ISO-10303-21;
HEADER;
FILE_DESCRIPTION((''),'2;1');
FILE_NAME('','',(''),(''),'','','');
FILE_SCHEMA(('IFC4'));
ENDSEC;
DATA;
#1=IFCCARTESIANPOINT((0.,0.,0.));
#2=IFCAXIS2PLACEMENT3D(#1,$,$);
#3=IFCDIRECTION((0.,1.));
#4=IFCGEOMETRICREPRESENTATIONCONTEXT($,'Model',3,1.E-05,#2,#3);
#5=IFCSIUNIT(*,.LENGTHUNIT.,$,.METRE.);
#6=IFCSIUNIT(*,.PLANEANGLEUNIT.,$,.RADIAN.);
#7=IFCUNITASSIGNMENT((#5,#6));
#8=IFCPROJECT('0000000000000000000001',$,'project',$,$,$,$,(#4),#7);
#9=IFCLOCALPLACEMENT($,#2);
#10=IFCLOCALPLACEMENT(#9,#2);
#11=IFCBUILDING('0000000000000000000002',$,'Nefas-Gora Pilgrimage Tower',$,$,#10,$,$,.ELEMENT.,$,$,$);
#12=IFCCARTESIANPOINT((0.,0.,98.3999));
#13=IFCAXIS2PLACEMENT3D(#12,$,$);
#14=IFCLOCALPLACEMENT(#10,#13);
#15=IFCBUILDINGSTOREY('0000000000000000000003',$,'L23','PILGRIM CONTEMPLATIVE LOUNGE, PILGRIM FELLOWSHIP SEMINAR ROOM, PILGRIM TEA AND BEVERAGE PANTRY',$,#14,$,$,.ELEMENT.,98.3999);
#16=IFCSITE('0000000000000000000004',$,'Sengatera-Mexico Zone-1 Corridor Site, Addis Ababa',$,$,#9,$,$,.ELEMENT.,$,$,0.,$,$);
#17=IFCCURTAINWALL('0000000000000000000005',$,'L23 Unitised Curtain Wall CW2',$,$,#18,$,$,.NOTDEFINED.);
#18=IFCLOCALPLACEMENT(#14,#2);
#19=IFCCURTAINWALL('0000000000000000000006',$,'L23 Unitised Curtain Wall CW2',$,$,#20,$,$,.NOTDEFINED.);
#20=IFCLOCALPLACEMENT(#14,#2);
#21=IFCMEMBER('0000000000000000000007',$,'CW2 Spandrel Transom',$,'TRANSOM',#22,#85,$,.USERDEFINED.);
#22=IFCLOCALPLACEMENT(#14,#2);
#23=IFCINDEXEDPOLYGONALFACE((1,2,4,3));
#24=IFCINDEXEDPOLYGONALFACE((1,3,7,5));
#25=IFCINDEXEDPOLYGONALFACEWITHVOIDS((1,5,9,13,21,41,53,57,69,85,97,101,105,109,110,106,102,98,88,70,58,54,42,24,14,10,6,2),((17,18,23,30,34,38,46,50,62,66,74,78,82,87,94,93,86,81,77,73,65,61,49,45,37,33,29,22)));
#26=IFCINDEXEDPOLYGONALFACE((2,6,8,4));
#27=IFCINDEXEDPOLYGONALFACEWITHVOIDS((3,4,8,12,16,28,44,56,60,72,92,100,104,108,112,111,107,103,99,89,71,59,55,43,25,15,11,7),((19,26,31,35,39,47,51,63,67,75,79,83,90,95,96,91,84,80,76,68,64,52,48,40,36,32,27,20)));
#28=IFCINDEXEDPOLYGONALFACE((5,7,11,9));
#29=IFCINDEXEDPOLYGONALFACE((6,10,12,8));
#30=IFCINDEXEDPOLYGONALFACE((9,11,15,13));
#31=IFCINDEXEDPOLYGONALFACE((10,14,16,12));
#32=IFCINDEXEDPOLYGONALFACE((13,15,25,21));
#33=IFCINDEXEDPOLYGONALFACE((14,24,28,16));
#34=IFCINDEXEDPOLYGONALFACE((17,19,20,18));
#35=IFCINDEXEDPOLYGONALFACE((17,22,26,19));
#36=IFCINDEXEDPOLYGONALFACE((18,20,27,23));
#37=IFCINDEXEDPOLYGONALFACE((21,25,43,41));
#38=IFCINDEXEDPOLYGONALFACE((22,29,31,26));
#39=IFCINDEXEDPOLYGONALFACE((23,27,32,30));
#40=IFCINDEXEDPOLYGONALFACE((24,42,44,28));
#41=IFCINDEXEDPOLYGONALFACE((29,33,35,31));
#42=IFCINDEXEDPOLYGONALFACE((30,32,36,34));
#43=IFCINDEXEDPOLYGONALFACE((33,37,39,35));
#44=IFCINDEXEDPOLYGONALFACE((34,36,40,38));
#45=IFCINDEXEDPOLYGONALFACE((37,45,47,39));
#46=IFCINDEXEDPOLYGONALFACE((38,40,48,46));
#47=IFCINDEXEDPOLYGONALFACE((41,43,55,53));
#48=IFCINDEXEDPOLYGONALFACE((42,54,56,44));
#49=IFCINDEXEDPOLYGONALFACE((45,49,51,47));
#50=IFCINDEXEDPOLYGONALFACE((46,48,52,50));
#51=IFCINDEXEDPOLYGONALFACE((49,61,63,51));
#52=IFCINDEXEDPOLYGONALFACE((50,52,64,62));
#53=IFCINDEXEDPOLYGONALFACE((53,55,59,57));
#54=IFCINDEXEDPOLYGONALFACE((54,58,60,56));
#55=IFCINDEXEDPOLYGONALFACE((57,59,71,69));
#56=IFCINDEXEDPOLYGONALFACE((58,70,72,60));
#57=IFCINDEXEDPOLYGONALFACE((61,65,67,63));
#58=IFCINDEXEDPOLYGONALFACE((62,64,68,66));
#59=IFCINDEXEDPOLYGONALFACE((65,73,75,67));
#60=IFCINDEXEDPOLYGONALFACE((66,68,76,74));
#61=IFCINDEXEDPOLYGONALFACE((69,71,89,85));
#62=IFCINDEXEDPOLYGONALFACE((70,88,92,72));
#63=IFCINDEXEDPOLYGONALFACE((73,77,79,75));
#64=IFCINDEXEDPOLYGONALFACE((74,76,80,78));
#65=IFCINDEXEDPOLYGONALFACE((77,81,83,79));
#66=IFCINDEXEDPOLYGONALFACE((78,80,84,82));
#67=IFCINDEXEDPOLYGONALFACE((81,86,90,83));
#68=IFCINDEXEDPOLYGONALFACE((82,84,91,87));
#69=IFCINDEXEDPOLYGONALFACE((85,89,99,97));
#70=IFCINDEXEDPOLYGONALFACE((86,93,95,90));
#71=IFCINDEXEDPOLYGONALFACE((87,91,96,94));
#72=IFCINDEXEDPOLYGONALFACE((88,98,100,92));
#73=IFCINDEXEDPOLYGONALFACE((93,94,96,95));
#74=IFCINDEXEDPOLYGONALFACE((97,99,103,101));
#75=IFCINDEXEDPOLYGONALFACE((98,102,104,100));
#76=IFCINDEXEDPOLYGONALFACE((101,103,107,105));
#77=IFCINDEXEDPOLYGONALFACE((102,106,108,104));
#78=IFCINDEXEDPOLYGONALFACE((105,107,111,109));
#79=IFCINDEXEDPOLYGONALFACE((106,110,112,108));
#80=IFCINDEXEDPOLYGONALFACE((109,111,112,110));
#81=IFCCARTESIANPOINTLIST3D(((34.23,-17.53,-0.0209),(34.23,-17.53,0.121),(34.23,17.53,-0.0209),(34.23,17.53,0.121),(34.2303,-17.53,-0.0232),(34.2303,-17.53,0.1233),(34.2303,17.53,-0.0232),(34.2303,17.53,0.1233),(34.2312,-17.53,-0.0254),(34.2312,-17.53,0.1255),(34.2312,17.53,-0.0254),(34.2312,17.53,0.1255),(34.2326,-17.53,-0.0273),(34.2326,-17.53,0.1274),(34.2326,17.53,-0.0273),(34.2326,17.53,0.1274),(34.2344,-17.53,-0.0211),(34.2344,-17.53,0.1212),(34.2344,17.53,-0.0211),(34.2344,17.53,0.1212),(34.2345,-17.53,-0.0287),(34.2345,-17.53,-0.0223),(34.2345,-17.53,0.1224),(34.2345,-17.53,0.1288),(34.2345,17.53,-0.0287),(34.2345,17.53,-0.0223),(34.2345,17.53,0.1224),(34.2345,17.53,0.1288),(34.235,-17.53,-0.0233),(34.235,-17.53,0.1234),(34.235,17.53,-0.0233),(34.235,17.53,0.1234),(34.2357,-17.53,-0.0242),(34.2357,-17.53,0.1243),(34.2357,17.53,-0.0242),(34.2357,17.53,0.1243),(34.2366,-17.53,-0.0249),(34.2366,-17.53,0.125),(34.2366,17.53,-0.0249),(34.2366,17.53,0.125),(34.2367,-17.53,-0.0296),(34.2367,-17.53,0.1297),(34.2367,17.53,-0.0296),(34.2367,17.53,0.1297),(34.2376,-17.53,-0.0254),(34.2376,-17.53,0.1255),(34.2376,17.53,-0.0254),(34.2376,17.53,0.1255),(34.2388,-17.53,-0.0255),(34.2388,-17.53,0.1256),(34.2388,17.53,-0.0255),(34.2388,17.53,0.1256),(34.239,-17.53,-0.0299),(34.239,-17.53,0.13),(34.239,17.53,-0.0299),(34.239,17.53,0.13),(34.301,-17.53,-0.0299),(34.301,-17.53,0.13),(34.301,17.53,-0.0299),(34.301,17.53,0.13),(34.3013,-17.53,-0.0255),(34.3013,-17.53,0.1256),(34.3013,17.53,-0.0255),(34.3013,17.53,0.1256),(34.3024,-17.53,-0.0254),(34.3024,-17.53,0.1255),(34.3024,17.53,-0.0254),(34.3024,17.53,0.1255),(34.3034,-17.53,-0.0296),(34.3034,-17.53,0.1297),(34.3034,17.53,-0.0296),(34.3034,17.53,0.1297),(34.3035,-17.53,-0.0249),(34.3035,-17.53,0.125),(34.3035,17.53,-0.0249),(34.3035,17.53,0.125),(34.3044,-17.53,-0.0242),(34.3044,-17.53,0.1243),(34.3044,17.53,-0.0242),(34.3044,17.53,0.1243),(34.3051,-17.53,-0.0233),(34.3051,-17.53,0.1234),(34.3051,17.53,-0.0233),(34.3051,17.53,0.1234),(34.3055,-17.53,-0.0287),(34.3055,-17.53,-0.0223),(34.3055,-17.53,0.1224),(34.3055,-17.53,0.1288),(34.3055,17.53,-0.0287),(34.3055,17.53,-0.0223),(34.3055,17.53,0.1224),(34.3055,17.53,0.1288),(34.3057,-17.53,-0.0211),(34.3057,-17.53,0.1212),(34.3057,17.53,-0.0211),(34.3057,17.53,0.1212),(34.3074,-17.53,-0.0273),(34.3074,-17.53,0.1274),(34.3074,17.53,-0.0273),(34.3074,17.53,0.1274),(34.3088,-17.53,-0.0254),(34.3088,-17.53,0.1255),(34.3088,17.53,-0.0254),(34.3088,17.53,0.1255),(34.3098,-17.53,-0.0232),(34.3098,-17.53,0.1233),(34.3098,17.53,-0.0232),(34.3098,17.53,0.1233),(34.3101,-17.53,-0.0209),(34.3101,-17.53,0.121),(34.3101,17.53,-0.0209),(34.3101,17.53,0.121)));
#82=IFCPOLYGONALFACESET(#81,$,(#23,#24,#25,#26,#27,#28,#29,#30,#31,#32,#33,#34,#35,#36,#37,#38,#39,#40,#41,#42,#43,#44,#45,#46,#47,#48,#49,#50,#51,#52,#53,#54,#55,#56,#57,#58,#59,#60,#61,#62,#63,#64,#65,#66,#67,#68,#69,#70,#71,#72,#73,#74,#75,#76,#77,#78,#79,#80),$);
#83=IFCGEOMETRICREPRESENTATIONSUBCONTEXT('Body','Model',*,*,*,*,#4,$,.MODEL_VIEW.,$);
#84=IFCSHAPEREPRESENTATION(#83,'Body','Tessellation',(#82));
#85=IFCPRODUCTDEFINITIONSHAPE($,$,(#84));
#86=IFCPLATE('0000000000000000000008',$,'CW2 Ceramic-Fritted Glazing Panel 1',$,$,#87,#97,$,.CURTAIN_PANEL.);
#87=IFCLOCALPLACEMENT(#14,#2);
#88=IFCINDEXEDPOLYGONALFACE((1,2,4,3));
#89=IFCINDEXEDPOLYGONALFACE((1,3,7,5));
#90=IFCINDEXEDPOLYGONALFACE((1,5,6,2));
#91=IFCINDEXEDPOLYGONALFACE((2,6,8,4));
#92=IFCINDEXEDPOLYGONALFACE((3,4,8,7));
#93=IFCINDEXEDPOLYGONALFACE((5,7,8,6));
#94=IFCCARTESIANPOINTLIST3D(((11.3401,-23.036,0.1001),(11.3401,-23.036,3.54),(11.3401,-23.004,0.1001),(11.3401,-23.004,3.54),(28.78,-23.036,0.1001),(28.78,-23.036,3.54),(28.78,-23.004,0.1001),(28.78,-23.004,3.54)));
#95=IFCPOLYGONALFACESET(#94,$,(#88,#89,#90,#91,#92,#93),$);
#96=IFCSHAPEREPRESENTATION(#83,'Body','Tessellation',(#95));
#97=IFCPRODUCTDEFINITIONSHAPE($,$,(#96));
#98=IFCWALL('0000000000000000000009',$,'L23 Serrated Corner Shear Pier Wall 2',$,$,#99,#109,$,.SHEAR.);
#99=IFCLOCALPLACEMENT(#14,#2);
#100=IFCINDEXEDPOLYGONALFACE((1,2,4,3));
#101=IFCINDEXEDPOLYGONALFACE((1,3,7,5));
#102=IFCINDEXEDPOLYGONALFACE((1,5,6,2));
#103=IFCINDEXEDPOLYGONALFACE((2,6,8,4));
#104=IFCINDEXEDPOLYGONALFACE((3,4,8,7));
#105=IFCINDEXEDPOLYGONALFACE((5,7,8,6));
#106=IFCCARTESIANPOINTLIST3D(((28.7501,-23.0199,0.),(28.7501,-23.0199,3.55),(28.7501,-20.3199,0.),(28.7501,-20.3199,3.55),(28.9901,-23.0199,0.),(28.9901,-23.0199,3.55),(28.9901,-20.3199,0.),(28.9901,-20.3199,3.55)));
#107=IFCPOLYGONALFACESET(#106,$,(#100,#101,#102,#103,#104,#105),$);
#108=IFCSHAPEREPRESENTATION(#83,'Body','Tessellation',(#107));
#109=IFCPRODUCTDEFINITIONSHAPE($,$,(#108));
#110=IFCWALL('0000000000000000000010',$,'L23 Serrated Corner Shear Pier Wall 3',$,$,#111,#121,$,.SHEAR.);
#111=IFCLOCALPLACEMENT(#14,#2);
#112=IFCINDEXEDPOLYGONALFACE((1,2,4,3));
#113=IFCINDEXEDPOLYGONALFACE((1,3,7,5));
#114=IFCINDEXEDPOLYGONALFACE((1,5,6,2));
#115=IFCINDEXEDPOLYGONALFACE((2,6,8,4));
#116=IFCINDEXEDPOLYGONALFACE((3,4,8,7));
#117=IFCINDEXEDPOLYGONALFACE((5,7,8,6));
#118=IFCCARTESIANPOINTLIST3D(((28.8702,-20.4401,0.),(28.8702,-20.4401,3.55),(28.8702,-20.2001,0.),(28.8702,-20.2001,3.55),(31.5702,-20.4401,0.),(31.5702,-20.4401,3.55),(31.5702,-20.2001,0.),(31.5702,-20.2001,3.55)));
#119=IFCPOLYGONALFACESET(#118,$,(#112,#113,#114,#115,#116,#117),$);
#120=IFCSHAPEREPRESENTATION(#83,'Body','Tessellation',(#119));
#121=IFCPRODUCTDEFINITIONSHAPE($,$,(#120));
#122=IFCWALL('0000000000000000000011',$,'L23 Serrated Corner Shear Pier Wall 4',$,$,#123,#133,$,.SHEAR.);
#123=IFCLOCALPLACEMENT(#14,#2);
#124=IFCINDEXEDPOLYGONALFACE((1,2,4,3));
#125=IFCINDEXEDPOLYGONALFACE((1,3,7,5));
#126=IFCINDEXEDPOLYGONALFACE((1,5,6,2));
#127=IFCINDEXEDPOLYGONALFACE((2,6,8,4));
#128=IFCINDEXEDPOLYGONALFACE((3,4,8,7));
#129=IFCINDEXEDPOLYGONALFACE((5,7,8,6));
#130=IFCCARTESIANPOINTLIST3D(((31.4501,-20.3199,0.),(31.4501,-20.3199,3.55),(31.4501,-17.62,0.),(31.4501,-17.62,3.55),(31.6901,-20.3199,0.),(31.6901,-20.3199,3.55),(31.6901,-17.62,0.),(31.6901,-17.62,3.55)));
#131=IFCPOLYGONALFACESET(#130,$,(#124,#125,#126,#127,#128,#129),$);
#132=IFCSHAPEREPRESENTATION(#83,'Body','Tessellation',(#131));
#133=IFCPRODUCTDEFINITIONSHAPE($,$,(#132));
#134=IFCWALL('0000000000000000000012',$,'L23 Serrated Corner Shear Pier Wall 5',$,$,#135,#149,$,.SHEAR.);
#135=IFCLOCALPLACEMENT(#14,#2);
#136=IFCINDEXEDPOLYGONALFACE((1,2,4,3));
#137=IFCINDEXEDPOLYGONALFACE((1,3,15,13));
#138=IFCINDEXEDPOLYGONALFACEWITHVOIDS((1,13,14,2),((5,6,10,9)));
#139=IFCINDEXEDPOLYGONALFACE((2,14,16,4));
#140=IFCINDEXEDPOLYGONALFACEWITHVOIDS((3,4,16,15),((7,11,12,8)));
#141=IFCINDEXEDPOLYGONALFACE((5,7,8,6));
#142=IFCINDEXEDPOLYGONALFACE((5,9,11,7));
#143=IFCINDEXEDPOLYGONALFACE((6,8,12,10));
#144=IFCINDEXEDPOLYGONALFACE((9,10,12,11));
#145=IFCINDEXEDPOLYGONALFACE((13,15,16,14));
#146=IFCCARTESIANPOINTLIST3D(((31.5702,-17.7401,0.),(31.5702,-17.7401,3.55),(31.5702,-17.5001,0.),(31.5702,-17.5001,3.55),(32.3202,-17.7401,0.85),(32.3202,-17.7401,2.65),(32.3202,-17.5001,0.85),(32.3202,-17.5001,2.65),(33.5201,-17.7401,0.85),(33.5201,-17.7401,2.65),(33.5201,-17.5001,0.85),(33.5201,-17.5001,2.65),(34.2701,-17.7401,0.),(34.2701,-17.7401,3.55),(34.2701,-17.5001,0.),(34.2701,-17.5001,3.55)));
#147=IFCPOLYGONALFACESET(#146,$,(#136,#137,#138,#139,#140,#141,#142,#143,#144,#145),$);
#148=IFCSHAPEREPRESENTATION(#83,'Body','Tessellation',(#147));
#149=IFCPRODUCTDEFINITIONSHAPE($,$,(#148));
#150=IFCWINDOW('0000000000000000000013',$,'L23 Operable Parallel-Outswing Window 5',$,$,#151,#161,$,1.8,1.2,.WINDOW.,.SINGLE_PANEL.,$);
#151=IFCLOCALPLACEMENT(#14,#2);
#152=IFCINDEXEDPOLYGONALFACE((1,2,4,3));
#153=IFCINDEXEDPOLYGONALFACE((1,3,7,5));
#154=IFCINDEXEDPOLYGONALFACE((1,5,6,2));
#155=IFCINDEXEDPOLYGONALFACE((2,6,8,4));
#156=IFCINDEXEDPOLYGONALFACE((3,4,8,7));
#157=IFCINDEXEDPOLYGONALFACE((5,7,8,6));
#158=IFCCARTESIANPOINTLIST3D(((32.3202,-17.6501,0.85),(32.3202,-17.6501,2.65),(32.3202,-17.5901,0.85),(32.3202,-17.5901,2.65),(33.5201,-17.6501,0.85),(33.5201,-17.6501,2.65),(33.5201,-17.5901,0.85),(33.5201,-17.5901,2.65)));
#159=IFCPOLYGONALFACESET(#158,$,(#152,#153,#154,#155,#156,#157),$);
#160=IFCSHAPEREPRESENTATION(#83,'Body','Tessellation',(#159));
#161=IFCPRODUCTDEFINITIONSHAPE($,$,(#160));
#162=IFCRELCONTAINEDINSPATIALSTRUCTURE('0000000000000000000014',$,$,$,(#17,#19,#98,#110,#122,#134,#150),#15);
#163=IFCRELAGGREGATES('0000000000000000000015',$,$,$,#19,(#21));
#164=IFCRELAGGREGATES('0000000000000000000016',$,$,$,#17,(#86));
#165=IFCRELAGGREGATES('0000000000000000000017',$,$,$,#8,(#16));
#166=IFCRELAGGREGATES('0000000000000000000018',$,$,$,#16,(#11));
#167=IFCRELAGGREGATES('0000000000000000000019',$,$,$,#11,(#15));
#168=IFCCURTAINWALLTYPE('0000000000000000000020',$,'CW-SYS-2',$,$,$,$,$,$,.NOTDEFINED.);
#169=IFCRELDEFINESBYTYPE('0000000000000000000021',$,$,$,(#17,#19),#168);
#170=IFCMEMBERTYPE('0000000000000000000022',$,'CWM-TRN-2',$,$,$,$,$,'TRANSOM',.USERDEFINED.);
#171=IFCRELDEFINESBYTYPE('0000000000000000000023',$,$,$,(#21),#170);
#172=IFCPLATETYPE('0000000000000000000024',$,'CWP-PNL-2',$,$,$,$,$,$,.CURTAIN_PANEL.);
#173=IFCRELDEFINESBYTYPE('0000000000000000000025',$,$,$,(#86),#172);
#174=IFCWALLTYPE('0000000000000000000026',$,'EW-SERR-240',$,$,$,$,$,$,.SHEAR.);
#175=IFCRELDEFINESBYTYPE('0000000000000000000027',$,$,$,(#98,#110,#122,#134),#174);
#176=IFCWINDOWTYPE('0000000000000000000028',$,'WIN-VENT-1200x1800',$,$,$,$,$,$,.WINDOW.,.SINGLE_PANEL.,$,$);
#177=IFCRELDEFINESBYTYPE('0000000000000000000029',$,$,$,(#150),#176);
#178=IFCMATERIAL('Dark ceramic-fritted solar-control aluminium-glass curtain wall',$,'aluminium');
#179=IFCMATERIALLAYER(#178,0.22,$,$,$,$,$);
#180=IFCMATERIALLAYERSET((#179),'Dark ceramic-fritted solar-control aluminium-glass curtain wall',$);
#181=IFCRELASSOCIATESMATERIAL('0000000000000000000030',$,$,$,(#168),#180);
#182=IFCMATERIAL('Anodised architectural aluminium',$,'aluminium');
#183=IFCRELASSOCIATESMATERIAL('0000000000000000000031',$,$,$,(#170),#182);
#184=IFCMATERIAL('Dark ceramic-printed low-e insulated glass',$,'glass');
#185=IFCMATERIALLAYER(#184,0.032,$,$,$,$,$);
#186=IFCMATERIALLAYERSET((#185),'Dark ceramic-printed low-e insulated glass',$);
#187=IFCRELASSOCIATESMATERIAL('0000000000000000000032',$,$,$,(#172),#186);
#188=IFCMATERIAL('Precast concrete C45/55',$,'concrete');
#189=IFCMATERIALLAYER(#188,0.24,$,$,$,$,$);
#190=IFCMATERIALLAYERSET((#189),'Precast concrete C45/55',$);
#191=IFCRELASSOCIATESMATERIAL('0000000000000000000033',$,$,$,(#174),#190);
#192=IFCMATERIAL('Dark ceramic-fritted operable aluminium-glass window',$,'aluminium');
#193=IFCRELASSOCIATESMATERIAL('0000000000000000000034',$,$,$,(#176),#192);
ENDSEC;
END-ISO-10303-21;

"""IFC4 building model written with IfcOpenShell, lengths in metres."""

from ifc_helpers import new_model, si_unit, direction, frame, frame_2d, origin, origin_2d, place, context, subcontext, project, spatial, rectangle, hollow_rectangle, extrude, source, transform, mapped, material, layer, layer_set, material_profile, profile_set, type_object, element, fill, aggregate, save


model = new_model("IFC4")

# Units and contexts
model_context = context("Model", 3, precision=1e-05, world=origin(), true_north=direction((0.0, 1.0)))
body_context = subcontext(model_context, "Body", "Model", "MODEL_VIEW")
ifc_project = project(units=[si_unit("LENGTHUNIT", "METRE"), si_unit("PLANEANGLEUNIT", "RADIAN")], contexts=[model_context])

# Site, building, storey
site_placement = place(None, origin())
site = spatial("IfcSite", under=ifc_project, at=site_placement, Name="Sengatera-Mexico Zone-1 Corridor Site, Addis Ababa", CompositionType="ELEMENT", RefElevation=0.0)
building_placement = place(site_placement, origin())
building = spatial("IfcBuilding", under=site, at=building_placement, Name="Nefas-Gora Pilgrimage Tower", CompositionType="ELEMENT")
storey_placement = place(building_placement, frame((0.0, 0.0, 98.3999)))
storey = spatial("IfcBuildingStorey", under=building, at=storey_placement, Name="L23", Description="PILGRIM CONTEMPLATIVE LOUNGE, PILGRIM FELLOWSHIP SEMINAR ROOM, PILGRIM TEA AND BEVERAGE PANTRY", CompositionType="ELEMENT", Elevation=98.3999)

# Curtain wall
ifc_material_1 = material(Name="Dark ceramic-fritted solar-control aluminium-glass curtain wall", Category="aluminium")
ifc_layer_1 = layer(ifc_material_1, 0.22)
ifc_layer_set_1 = layer_set([ifc_layer_1], Name="Dark ceramic-fritted solar-control aluminium-glass curtain wall")
curtain_wall_type = type_object("IfcCurtainWallType", Name="CW-SYS-2", PredefinedType="NOTDEFINED", material=ifc_layer_set_1)
curtain_wall_1_placement = place(storey_placement, origin())
curtain_wall_1 = element("IfcCurtainWall", 1, at=curtain_wall_1_placement, inside=storey, type_object=curtain_wall_type, Name="L23 Unitised Curtain Wall CW2", PredefinedType="NOTDEFINED")
ifc_material_2 = material(Name="Anodised architectural aluminium", Category="aluminium")

# Curtain wall, member
curtain_wall_2_placement = place(storey_placement, origin())
curtain_wall_2 = element("IfcCurtainWall", 2, at=curtain_wall_2_placement, inside=storey, type_object=curtain_wall_type, Name="L23 Unitised Curtain Wall CW2", PredefinedType="NOTDEFINED")
ifc_material_profile_1 = material_profile(ifc_material_2, hollow_rectangle(XDim=0.0801, YDim=0.1599, WallThickness=0.0044, InnerFilletRadius=0.0044, OuterFilletRadius=0.009, at=origin_2d()), Name="ALU TRANSOM 80x160")
ifc_profile_set_1 = profile_set([ifc_material_profile_1], Name="Anodised architectural aluminium")
member_type_1 = type_object("IfcMemberType", Name="CWM-TRN-2", ElementType="TRANSOM", PredefinedType="USERDEFINED", material=ifc_profile_set_1)
shared_shape_1 = source(origin(), body_context, "Body", "SweptSolid", [
    extrude(hollow_rectangle(XDim=0.0801, YDim=0.1599, WallThickness=0.0044, InnerFilletRadius=0.0044, OuterFilletRadius=0.009, at=origin_2d()), origin(), (0.0, 0.0, 1.0), 35.0601),
])
member_1_placement = place(storey_placement, frame((34.27, -17.53, 0.05), z_axis=(0.0, 1.0, 0.0), x_axis=(-1.0, 0.0, 0.0)))
member_1 = element("IfcMember", 3, at=member_1_placement, type_object=member_type_1, Name="CW2 Spandrel Transom", ObjectType="TRANSOM", PredefinedType="USERDEFINED", context=body_context, shape_type="MappedRepresentation", body=[
    mapped(shared_shape_1, transform((0.0, 0.0, 0.0), x_axis=(1.0, 0.0, 0.0), y_axis=(0.0, 1.0, 0.0), z_axis=(0.0, 0.0, 1.0), scale=1.0)),
])
aggregate(curtain_wall_2, [member_1])

# Plate
ifc_material_3 = material(Name="Dark ceramic-printed low-e insulated glass", Category="glass")
ifc_layer_2 = layer(ifc_material_3, 0.032)
ifc_layer_set_2 = layer_set([ifc_layer_2], Name="Dark ceramic-printed low-e insulated glass")
plate_type = type_object("IfcPlateType", Name="CWP-PNL-2", PredefinedType="CURTAIN_PANEL", material=ifc_layer_set_2)
shared_shape_2 = source(origin(), body_context, "Body", "SweptSolid", [
    extrude(rectangle(XDim=17.4399, YDim=0.032, at=origin_2d()), origin(), (0.0, 0.0, 1.0), 3.4399),
])
plate_placement = place(storey_placement, frame((20.0601, -23.02, 0.1001), z_axis=(0.0, 0.0, 1.0), x_axis=(1.0, 0.0, 0.0)))
plate = element("IfcPlate", 4, at=plate_placement, type_object=plate_type, Name="CW2 Ceramic-Fritted Glazing Panel 1", PredefinedType="CURTAIN_PANEL", context=body_context, shape_type="MappedRepresentation", body=[
    mapped(shared_shape_2, transform((0.0, 0.0, 0.0), x_axis=(1.0, 0.0, 0.0), y_axis=(0.0, 1.0, 0.0), z_axis=(0.0, 0.0, 1.0), scale=1.0)),
])
aggregate(curtain_wall_1, [plate])

# Walls
ifc_material_4 = material(Name="Precast concrete C45/55", Category="concrete")
ifc_layer_3 = layer(ifc_material_4, 0.24)
ifc_layer_set_3 = layer_set([ifc_layer_3], Name="Precast concrete C45/55")
wall_type = type_object("IfcWallType", Name="EW-SERR-240", PredefinedType="SHEAR", material=ifc_layer_set_3)
shared_shape_3 = source(origin(), body_context, "Body", "SweptSolid", [
    extrude(rectangle(XDim=2.7, YDim=0.24, at=frame_2d((1.3501, 0.0))), origin(), (0.0, 0.0, 1.0), 3.55),
])
for number, where, z_axis, x_axis, name in (
    (5, (28.8701, -23.02, 0.0), (0.0, 0.0, 1.0), (0.0, 1.0, 0.0), "L23 Serrated Corner Shear Pier Wall 2"),
    (6, (28.8701, -20.3201, 0.0), (0.0, 0.0, 1.0), (1.0, 0.0, 0.0), "L23 Serrated Corner Shear Pier Wall 3"),
    (7, (31.5701, -20.3201, 0.0), (0.0, 0.0, 1.0), (0.0, 1.0, 0.0), "L23 Serrated Corner Shear Pier Wall 4"),
):
    element("IfcWall", number, at=place(storey_placement, frame(where, z_axis=z_axis, x_axis=x_axis)), inside=storey, type_object=wall_type, Name=name, PredefinedType="SHEAR", context=body_context, shape_type="MappedRepresentation", body=[
        mapped(shared_shape_3, transform((0.0, 0.0, 0.0), x_axis=(1.0, 0.0, 0.0), y_axis=(0.0, 1.0, 0.0), z_axis=(0.0, 0.0, 1.0), scale=1.0)),
    ])

# Wall, opening, window
wall_placement = place(storey_placement, frame((31.5701, -17.6201, 0.0), z_axis=(0.0, 0.0, 1.0), x_axis=(1.0, 0.0, 0.0)))
wall = element("IfcWall", 8, at=wall_placement, inside=storey, type_object=wall_type, Name="L23 Serrated Corner Shear Pier Wall 5", PredefinedType="SHEAR", context=body_context, shape_type="MappedRepresentation", body=[
    mapped(shared_shape_3, transform((0.0, 0.0, 0.0), x_axis=(1.0, 0.0, 0.0), y_axis=(0.0, 1.0, 0.0), z_axis=(0.0, 0.0, 1.0), scale=1.0)),
])
opening_placement = place(wall_placement, frame((0.75, 0.0, 0.8501)))
opening = element("IfcOpeningElement", 9, at=opening_placement, cuts=wall, PredefinedType="OPENING", context=body_context, shape_type="SweptSolid", body=[
    extrude(rectangle(XDim=1.2, YDim=1.8, at=frame_2d((0.6001, 0.8999))), frame((0.0, 0.1299, 0.0), z_axis=(0.0, -1.0, 0.0), x_axis=(1.0, 0.0, 0.0)), (0.0, 0.0, 1.0), 0.26),
])
ifc_material_5 = material(Name="Dark ceramic-fritted operable aluminium-glass window", Category="aluminium")
window_type = type_object("IfcWindowType", Name="WIN-VENT-1200x1800", PartitioningType="SINGLE_PANEL", PredefinedType="WINDOW", material=ifc_material_5)
shared_shape_4 = source(origin(), body_context, "Body", "SweptSolid", [
    extrude(rectangle(XDim=1.2, YDim=1.8, at=frame_2d((0.6001, 0.8999))), frame((0.0, 0.03, 0.0), z_axis=(0.0, -1.0, 0.0), x_axis=(1.0, 0.0, 0.0)), (0.0, 0.0, 1.0), 0.0601),
])
window_placement = place(opening_placement, origin())
window = element("IfcWindow", 10, at=window_placement, inside=storey, type_object=window_type, Name="L23 Operable Parallel-Outswing Window 5", OverallHeight=1.8, OverallWidth=1.2, PartitioningType="SINGLE_PANEL", PredefinedType="WINDOW", context=body_context, shape_type="MappedRepresentation", body=[
    mapped(shared_shape_4, transform((0.0, 0.0, 0.0), x_axis=(1.0, 0.0, 0.0), y_axis=(0.0, 1.0, 0.0), z_axis=(0.0, 0.0, 1.0), scale=1.0)),
])
fill(opening, window)

save(model, "model.ifc")
